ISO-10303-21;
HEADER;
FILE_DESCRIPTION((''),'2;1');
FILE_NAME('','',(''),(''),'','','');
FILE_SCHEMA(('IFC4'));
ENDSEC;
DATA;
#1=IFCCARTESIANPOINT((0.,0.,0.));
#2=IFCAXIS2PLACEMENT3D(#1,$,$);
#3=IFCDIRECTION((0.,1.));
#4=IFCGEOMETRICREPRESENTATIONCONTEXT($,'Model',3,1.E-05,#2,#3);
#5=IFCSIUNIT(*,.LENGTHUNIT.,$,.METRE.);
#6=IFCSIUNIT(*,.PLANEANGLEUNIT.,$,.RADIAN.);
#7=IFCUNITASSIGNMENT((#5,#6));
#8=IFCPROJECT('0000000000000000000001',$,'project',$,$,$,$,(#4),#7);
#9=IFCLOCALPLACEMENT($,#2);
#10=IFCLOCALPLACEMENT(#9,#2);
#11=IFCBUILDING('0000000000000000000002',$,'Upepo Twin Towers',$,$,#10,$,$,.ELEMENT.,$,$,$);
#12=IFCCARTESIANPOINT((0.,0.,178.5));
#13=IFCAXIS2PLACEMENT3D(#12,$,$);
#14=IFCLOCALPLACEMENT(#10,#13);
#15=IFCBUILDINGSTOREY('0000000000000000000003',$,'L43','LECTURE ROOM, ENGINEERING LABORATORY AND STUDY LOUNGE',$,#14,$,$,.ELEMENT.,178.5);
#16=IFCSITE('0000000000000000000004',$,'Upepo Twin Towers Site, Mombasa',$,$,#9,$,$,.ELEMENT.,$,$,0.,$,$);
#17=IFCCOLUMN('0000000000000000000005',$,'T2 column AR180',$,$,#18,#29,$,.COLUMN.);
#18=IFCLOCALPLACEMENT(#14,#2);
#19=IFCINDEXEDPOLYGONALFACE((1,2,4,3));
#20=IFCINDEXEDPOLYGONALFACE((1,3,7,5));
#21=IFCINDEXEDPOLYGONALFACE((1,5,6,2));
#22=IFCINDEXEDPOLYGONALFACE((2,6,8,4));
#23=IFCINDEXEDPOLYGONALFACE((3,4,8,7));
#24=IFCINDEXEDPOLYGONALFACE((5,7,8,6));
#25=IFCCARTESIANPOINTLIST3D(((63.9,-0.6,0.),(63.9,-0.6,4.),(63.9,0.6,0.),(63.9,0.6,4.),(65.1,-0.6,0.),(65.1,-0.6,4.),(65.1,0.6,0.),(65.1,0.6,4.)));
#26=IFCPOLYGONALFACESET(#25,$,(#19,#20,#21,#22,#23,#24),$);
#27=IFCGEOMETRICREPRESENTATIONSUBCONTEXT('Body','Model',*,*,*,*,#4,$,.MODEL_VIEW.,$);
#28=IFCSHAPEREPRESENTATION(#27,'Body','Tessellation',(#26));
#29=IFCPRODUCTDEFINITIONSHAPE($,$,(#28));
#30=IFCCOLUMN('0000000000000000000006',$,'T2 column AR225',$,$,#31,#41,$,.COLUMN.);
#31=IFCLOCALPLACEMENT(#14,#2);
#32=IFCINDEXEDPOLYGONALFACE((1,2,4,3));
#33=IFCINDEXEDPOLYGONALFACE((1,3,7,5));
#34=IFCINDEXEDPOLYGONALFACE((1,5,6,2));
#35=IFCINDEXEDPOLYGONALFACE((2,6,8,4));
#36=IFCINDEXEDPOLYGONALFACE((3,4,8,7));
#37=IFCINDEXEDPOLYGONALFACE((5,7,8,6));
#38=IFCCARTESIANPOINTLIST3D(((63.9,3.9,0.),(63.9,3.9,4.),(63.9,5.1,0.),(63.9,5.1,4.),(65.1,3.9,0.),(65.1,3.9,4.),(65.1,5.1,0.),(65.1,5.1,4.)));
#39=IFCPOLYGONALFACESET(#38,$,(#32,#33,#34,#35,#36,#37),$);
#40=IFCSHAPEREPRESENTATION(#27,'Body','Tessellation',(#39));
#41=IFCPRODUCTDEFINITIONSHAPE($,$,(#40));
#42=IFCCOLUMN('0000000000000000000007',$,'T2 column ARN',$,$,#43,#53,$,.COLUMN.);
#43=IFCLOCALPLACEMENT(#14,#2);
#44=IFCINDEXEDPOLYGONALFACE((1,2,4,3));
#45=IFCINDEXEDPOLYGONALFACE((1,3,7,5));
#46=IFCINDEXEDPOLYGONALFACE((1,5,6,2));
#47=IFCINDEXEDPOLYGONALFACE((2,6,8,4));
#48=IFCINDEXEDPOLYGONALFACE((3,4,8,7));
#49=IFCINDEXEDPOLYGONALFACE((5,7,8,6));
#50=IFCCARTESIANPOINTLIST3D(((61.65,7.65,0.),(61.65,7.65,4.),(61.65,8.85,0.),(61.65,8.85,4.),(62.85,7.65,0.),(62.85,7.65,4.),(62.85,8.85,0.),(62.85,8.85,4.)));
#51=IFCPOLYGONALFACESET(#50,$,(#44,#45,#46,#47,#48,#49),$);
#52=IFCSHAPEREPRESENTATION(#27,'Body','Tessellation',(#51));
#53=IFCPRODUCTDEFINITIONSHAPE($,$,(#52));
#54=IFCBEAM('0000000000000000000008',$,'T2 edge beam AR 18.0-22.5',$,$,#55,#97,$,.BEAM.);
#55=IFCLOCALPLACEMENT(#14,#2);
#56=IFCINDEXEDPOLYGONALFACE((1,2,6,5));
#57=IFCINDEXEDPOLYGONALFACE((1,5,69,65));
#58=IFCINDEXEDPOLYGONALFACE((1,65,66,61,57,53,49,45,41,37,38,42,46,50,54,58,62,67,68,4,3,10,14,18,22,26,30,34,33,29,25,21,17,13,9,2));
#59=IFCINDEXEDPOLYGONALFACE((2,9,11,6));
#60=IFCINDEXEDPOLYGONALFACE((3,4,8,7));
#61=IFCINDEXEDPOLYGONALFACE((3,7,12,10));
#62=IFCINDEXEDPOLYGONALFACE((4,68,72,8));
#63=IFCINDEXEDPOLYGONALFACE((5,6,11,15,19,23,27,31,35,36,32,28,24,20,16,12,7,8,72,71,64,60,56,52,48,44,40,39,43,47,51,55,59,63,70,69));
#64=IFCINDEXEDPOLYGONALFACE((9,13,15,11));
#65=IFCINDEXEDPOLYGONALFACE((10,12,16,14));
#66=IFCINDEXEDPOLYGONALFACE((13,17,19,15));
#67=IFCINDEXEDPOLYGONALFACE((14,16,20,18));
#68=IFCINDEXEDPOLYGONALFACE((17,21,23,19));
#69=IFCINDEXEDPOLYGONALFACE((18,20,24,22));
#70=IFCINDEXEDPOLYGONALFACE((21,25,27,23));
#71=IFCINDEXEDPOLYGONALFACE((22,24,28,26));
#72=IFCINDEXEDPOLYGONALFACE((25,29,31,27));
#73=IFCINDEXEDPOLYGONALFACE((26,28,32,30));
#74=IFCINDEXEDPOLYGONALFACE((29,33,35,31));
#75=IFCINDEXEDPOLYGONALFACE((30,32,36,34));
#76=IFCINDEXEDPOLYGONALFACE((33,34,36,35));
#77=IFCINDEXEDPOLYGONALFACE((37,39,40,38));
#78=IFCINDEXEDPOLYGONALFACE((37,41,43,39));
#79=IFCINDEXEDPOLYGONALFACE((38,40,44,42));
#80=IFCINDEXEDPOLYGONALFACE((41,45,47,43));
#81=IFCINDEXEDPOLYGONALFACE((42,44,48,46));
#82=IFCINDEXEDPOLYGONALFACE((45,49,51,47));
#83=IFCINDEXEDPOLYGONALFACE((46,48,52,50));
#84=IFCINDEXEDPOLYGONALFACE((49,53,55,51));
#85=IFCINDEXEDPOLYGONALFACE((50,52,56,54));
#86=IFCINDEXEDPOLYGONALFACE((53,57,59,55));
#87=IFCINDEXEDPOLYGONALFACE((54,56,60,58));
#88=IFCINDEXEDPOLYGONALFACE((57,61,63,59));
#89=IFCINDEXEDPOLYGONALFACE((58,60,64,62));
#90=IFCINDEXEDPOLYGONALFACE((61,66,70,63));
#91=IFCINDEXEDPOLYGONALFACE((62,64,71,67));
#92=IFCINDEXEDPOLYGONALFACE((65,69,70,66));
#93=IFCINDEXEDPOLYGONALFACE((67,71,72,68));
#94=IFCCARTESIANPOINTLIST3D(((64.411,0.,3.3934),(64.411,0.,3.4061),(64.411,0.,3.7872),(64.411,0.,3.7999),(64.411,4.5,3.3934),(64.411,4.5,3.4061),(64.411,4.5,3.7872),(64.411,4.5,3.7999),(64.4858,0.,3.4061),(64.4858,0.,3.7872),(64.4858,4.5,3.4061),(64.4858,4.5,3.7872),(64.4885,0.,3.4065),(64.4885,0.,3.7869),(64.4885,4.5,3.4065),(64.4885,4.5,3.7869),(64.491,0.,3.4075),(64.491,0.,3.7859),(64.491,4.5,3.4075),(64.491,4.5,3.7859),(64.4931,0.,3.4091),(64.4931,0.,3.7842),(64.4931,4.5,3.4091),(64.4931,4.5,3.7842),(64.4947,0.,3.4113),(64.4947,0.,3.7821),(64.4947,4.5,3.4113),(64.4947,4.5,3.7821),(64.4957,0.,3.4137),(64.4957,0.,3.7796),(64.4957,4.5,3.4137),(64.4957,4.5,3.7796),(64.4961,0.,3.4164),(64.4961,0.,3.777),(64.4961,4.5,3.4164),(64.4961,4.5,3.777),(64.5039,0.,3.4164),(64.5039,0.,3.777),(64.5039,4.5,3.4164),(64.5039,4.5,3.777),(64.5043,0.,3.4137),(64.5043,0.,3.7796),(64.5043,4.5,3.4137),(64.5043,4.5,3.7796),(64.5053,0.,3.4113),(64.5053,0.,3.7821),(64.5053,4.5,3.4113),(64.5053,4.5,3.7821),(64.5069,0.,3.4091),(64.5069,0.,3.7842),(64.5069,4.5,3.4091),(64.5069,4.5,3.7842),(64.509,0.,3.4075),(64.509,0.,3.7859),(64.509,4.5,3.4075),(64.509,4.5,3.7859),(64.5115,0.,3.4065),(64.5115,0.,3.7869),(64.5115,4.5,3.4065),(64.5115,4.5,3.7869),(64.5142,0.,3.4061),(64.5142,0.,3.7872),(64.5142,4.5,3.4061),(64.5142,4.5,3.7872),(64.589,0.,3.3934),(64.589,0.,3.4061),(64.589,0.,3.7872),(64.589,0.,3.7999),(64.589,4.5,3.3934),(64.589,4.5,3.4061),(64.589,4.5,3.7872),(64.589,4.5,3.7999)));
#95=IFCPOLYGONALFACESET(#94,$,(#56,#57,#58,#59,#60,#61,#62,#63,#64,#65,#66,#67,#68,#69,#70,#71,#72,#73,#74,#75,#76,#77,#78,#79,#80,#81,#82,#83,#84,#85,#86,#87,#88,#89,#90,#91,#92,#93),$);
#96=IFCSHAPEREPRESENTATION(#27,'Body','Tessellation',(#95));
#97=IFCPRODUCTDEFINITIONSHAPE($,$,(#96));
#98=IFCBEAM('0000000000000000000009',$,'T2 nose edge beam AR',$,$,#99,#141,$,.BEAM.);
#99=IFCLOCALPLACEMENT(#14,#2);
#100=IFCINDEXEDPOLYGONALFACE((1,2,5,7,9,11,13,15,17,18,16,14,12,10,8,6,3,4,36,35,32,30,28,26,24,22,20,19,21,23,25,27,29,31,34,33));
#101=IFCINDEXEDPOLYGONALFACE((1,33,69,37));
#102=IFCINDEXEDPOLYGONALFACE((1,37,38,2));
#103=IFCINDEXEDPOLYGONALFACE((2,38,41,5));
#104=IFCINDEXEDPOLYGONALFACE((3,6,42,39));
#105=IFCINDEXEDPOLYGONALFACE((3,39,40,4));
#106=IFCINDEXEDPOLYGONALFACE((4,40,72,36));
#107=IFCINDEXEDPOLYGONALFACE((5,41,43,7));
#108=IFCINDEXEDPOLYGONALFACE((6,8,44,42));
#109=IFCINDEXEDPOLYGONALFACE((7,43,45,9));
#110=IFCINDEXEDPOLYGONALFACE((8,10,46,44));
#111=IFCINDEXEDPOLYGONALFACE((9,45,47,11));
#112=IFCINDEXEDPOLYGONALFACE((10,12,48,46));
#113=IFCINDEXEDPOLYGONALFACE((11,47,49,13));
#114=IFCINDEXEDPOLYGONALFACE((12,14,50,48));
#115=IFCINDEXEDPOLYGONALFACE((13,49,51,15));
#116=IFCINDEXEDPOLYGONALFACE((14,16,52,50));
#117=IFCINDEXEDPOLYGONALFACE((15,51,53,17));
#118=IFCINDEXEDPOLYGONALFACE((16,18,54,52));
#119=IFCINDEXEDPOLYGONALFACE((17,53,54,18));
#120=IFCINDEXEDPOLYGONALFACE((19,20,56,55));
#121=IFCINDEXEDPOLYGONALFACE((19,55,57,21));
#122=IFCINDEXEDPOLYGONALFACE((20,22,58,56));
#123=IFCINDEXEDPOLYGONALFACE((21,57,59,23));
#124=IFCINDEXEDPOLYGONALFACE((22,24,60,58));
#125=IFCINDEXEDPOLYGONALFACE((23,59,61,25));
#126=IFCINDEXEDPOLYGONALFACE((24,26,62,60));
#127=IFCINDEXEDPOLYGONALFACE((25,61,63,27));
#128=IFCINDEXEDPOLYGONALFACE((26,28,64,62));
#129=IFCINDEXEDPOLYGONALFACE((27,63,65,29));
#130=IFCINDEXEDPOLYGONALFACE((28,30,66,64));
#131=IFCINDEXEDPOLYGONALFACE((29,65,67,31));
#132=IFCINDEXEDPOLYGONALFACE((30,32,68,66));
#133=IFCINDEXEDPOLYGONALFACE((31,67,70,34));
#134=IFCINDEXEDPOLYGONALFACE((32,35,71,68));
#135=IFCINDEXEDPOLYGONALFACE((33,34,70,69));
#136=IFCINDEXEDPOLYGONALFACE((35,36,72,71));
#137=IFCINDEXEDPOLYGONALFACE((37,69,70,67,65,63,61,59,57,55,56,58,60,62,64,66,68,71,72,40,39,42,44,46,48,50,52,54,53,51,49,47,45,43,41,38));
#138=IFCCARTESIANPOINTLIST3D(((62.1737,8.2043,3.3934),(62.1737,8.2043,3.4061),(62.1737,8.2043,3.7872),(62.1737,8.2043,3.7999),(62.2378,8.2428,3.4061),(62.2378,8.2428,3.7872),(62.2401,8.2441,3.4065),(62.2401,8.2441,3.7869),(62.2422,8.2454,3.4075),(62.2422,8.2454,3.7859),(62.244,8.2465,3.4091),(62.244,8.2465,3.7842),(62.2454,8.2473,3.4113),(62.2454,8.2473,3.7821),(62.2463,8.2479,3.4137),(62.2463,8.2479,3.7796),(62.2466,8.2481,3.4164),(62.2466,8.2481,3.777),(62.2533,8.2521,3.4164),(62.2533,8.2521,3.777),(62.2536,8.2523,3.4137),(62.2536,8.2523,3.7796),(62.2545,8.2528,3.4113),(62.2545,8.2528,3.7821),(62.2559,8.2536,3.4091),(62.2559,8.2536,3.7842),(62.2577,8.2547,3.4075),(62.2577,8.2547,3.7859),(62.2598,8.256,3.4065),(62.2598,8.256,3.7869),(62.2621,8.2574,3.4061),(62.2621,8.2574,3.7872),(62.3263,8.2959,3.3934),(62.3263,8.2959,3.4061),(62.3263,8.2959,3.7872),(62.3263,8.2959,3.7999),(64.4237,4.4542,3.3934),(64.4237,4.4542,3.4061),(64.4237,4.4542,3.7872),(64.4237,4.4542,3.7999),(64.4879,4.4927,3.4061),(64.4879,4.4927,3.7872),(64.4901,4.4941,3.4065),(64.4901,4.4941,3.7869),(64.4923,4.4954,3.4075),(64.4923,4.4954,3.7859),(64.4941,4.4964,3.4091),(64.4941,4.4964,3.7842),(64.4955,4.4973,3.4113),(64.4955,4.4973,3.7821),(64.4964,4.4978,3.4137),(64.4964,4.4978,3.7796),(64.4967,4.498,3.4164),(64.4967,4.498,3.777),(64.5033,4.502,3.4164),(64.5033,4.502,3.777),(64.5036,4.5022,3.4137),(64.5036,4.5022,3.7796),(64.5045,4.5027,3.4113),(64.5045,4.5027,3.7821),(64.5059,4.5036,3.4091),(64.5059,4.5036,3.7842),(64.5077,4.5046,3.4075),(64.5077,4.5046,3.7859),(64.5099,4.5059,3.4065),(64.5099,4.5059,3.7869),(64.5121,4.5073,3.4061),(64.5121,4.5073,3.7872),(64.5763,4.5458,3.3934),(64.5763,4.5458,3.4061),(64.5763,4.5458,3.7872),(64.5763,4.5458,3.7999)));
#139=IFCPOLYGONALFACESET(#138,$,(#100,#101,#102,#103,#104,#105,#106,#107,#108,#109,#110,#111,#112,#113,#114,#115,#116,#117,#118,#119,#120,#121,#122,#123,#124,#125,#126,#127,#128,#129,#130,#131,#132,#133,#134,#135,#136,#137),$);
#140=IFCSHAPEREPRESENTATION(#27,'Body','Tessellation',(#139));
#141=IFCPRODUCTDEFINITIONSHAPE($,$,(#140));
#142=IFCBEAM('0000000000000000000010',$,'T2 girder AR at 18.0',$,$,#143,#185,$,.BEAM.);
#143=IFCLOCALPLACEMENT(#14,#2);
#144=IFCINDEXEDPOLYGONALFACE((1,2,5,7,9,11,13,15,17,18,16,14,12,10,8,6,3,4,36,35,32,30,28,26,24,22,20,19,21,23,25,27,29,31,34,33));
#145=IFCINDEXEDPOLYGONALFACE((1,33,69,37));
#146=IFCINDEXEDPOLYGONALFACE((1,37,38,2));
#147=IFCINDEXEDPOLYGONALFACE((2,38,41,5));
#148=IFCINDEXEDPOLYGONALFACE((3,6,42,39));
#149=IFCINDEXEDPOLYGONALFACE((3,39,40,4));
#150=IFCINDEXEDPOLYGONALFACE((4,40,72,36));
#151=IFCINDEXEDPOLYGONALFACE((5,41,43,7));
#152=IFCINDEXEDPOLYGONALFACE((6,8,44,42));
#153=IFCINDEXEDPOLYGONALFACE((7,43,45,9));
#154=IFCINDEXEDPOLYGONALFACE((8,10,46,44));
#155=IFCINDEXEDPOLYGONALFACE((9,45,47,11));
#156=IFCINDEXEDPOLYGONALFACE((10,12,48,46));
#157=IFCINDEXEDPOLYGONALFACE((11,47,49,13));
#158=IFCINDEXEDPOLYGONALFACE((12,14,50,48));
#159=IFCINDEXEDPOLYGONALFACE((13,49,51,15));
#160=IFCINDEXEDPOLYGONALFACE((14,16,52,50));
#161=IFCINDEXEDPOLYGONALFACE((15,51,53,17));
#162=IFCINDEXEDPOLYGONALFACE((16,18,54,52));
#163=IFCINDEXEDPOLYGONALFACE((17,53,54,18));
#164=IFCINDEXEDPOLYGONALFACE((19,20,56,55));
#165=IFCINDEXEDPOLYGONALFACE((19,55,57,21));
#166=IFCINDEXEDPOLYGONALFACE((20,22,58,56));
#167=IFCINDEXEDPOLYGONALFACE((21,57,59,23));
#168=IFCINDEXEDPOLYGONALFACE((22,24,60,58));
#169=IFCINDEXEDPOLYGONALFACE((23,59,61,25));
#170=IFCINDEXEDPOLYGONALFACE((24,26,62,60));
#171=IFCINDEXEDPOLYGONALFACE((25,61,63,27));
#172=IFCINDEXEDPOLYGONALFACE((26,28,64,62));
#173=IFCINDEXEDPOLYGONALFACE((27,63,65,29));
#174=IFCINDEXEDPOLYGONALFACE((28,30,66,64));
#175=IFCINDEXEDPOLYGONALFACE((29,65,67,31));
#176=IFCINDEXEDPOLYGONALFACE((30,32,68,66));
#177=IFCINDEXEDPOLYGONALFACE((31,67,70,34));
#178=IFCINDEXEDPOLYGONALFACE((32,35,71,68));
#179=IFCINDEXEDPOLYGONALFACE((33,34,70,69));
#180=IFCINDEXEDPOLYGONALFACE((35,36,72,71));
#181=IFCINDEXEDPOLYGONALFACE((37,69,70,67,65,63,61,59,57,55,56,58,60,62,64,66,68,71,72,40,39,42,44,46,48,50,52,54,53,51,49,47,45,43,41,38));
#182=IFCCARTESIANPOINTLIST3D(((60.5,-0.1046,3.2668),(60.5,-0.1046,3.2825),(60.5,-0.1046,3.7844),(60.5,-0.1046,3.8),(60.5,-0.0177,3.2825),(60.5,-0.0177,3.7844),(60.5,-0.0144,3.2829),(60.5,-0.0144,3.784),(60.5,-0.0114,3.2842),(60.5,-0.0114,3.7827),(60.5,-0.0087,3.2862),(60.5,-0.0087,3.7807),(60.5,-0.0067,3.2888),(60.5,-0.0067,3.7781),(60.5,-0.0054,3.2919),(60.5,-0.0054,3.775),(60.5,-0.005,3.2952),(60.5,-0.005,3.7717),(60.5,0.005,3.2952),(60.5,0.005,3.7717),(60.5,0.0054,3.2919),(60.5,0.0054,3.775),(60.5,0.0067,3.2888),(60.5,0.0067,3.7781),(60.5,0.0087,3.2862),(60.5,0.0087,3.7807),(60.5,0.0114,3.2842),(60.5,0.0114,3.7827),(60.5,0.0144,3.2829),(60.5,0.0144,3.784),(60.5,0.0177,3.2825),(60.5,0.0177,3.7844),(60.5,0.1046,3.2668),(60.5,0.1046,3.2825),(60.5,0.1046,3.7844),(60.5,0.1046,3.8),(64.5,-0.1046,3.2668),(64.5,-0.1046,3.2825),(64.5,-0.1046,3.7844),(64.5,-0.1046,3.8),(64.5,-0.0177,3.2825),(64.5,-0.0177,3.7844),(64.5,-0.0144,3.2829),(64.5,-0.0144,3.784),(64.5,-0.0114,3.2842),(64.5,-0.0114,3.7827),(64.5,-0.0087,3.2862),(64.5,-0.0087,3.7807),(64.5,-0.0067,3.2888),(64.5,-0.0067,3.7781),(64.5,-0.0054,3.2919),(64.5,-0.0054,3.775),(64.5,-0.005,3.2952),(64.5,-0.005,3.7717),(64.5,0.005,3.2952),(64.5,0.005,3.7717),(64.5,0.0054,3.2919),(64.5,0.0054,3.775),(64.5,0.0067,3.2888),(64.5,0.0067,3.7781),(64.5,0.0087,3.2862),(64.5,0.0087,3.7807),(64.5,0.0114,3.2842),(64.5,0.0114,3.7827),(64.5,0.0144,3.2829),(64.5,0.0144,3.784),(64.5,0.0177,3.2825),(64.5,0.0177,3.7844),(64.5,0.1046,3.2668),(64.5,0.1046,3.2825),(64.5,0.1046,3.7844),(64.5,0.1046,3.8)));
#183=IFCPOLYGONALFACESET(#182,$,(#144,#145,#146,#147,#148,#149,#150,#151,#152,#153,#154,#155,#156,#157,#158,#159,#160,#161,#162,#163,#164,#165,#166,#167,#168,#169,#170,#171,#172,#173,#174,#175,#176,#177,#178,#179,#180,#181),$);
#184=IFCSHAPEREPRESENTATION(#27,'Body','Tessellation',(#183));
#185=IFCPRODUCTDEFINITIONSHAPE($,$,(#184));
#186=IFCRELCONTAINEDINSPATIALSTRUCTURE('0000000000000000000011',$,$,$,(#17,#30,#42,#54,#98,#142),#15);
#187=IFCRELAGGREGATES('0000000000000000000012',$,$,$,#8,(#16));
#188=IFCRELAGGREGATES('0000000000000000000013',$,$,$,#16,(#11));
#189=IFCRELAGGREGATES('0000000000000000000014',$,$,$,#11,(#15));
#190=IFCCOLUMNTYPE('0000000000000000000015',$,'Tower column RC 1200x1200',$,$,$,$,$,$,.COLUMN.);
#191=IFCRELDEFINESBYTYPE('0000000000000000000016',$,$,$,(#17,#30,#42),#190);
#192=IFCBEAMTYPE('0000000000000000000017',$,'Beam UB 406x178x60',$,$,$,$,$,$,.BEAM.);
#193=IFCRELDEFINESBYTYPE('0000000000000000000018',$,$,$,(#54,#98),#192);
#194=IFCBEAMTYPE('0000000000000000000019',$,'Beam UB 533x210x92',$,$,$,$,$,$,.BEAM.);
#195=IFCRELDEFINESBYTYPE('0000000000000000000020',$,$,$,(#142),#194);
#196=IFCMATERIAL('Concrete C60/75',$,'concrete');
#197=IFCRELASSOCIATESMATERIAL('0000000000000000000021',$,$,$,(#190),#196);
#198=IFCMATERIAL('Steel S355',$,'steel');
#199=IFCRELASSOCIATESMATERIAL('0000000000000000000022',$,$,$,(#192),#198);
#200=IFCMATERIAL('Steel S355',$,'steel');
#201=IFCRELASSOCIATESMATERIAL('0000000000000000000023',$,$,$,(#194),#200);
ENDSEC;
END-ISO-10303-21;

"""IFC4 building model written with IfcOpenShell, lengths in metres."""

from ifc_helpers import new_model, si_unit, direction, frame, origin, origin_2d, place, context, subcontext, project, spatial, rectangle, i_section, extrude, material, material_profile, profile_set, type_object, element, save


model = new_model("IFC4")

# Units and contexts
model_context = context("Model", 3, precision=1e-05, world=origin(), true_north=direction((0.0, 1.0)))
body_context = subcontext(model_context, "Body", "Model", "MODEL_VIEW")
ifc_project = project(units=[si_unit("LENGTHUNIT", "METRE"), si_unit("PLANEANGLEUNIT", "RADIAN")], contexts=[model_context])

# Site, building, storey
site_placement = place(None, origin())
site = spatial("IfcSite", under=ifc_project, at=site_placement, Name="Upepo Twin Towers Site, Mombasa", CompositionType="ELEMENT", RefElevation=0.0)
building_placement = place(site_placement, origin())
building = spatial("IfcBuilding", under=site, at=building_placement, Name="Upepo Twin Towers", CompositionType="ELEMENT")
storey_placement = place(building_placement, frame((0.0, 0.0, 178.5)))
storey = spatial("IfcBuildingStorey", under=building, at=storey_placement, Name="L43", Description="LECTURE ROOM, ENGINEERING LABORATORY AND STUDY LOUNGE", CompositionType="ELEMENT", Elevation=178.5)

# Columns
ifc_material_1 = material(Name="Concrete C60/75", Category="concrete")
ifc_material_profile_1 = material_profile(ifc_material_1, rectangle(XDim=1.2, YDim=1.2, at=origin_2d()), Name="RC 1200x1200")
ifc_profile_set_1 = profile_set([ifc_material_profile_1], Name="Concrete C60/75")
column_type = type_object("IfcColumnType", Name="Tower column RC 1200x1200", PredefinedType="COLUMN", material=ifc_profile_set_1)
for number, where, z_axis, x_axis, name in (
    (1, (64.5, 0.0, 0.0), (0.0, 0.0, 1.0), (1.0, 0.0, 0.0), "T2 column AR180"),
    (2, (64.5, 4.5, 0.0), (0.0, 0.0, 1.0), (1.0, 0.0, 0.0), "T2 column AR225"),
    (3, (62.25, 8.25, 0.0), (0.0, 0.0, 1.0), (1.0, 0.0, 0.0), "T2 column ARN"),
):
    element("IfcColumn", number, at=place(storey_placement, frame(where, z_axis=z_axis, x_axis=x_axis)), inside=storey, type_object=column_type, Name=name, PredefinedType="COLUMN", context=body_context, shape_type="SweptSolid", body=[
        extrude(rectangle(XDim=1.2, YDim=1.2, at=origin_2d()), origin(), (0.0, 0.0, 1.0), 4.0),
    ])

# Beams
ifc_material_2 = material(Name="Steel S355", Category="steel")
ifc_material_profile_2 = material_profile(ifc_material_2, i_section(OverallWidth=0.178, OverallDepth=0.4065, WebThickness=0.0078, FlangeThickness=0.0127, FilletRadius=0.0103, at=origin_2d()), Name="UB 406x178x60")
ifc_profile_set_2 = profile_set([ifc_material_profile_2], Name="Steel S355")
beam_type_1 = type_object("IfcBeamType", Name="Beam UB 406x178x60", PredefinedType="BEAM", material=ifc_profile_set_2)
beam_1_placement = place(storey_placement, frame((64.5, 0.0, 3.5967), z_axis=(0.0, 1.0, 0.0), x_axis=(-1.0, 0.0, 0.0)))
element("IfcBeam", 4, at=beam_1_placement, inside=storey, type_object=beam_type_1, Name="T2 edge beam AR 18.0-22.5", PredefinedType="BEAM", context=body_context, shape_type="SweptSolid", body=[
    extrude(i_section(OverallWidth=0.178, OverallDepth=0.4065, WebThickness=0.0078, FlangeThickness=0.0127, FilletRadius=0.0103, at=origin_2d()), origin(), (0.0, 0.0, 1.0), 4.5),
])
beam_2_placement = place(storey_placement, frame((64.5, 4.5, 3.5967), z_axis=(-0.514496, 0.857493, 0.0), x_axis=(-0.857493, -0.514496, 0.0)))
element("IfcBeam", 5, at=beam_2_placement, inside=storey, type_object=beam_type_1, Name="T2 nose edge beam AR", PredefinedType="BEAM", context=body_context, shape_type="SweptSolid", body=[
    extrude(i_section(OverallWidth=0.178, OverallDepth=0.4065, WebThickness=0.0078, FlangeThickness=0.0127, FilletRadius=0.0103, at=origin_2d()), origin(), (0.0, 0.0, 1.0), 4.3733),
])
ifc_material_3 = material(Name="Steel S355", Category="steel")
ifc_material_profile_3 = material_profile(ifc_material_3, i_section(OverallWidth=0.2092, OverallDepth=0.5332, WebThickness=0.01, FlangeThickness=0.0156, FilletRadius=0.0127, at=origin_2d()), Name="UB 533x210x92")
ifc_profile_set_3 = profile_set([ifc_material_profile_3], Name="Steel S355")
beam_type_2 = type_object("IfcBeamType", Name="Beam UB 533x210x92", PredefinedType="BEAM", material=ifc_profile_set_3)
for number, where, z_axis, x_axis, name in (
    (6, (64.5, 0.0, 3.5334), (-1.0, 0.0, 0.0), (0.0, -1.0, 0.0), "T2 girder AR at 18.0"),
):
    element("IfcBeam", number, at=place(storey_placement, frame(where, z_axis=z_axis, x_axis=x_axis)), inside=storey, type_object=beam_type_2, Name=name, PredefinedType="BEAM", context=body_context, shape_type="SweptSolid", body=[
        extrude(i_section(OverallWidth=0.2092, OverallDepth=0.5332, WebThickness=0.01, FlangeThickness=0.0156, FilletRadius=0.0127, at=origin_2d()), origin(), (0.0, 0.0, 1.0), 4.0),
    ])

save(model, "model.ifc")
